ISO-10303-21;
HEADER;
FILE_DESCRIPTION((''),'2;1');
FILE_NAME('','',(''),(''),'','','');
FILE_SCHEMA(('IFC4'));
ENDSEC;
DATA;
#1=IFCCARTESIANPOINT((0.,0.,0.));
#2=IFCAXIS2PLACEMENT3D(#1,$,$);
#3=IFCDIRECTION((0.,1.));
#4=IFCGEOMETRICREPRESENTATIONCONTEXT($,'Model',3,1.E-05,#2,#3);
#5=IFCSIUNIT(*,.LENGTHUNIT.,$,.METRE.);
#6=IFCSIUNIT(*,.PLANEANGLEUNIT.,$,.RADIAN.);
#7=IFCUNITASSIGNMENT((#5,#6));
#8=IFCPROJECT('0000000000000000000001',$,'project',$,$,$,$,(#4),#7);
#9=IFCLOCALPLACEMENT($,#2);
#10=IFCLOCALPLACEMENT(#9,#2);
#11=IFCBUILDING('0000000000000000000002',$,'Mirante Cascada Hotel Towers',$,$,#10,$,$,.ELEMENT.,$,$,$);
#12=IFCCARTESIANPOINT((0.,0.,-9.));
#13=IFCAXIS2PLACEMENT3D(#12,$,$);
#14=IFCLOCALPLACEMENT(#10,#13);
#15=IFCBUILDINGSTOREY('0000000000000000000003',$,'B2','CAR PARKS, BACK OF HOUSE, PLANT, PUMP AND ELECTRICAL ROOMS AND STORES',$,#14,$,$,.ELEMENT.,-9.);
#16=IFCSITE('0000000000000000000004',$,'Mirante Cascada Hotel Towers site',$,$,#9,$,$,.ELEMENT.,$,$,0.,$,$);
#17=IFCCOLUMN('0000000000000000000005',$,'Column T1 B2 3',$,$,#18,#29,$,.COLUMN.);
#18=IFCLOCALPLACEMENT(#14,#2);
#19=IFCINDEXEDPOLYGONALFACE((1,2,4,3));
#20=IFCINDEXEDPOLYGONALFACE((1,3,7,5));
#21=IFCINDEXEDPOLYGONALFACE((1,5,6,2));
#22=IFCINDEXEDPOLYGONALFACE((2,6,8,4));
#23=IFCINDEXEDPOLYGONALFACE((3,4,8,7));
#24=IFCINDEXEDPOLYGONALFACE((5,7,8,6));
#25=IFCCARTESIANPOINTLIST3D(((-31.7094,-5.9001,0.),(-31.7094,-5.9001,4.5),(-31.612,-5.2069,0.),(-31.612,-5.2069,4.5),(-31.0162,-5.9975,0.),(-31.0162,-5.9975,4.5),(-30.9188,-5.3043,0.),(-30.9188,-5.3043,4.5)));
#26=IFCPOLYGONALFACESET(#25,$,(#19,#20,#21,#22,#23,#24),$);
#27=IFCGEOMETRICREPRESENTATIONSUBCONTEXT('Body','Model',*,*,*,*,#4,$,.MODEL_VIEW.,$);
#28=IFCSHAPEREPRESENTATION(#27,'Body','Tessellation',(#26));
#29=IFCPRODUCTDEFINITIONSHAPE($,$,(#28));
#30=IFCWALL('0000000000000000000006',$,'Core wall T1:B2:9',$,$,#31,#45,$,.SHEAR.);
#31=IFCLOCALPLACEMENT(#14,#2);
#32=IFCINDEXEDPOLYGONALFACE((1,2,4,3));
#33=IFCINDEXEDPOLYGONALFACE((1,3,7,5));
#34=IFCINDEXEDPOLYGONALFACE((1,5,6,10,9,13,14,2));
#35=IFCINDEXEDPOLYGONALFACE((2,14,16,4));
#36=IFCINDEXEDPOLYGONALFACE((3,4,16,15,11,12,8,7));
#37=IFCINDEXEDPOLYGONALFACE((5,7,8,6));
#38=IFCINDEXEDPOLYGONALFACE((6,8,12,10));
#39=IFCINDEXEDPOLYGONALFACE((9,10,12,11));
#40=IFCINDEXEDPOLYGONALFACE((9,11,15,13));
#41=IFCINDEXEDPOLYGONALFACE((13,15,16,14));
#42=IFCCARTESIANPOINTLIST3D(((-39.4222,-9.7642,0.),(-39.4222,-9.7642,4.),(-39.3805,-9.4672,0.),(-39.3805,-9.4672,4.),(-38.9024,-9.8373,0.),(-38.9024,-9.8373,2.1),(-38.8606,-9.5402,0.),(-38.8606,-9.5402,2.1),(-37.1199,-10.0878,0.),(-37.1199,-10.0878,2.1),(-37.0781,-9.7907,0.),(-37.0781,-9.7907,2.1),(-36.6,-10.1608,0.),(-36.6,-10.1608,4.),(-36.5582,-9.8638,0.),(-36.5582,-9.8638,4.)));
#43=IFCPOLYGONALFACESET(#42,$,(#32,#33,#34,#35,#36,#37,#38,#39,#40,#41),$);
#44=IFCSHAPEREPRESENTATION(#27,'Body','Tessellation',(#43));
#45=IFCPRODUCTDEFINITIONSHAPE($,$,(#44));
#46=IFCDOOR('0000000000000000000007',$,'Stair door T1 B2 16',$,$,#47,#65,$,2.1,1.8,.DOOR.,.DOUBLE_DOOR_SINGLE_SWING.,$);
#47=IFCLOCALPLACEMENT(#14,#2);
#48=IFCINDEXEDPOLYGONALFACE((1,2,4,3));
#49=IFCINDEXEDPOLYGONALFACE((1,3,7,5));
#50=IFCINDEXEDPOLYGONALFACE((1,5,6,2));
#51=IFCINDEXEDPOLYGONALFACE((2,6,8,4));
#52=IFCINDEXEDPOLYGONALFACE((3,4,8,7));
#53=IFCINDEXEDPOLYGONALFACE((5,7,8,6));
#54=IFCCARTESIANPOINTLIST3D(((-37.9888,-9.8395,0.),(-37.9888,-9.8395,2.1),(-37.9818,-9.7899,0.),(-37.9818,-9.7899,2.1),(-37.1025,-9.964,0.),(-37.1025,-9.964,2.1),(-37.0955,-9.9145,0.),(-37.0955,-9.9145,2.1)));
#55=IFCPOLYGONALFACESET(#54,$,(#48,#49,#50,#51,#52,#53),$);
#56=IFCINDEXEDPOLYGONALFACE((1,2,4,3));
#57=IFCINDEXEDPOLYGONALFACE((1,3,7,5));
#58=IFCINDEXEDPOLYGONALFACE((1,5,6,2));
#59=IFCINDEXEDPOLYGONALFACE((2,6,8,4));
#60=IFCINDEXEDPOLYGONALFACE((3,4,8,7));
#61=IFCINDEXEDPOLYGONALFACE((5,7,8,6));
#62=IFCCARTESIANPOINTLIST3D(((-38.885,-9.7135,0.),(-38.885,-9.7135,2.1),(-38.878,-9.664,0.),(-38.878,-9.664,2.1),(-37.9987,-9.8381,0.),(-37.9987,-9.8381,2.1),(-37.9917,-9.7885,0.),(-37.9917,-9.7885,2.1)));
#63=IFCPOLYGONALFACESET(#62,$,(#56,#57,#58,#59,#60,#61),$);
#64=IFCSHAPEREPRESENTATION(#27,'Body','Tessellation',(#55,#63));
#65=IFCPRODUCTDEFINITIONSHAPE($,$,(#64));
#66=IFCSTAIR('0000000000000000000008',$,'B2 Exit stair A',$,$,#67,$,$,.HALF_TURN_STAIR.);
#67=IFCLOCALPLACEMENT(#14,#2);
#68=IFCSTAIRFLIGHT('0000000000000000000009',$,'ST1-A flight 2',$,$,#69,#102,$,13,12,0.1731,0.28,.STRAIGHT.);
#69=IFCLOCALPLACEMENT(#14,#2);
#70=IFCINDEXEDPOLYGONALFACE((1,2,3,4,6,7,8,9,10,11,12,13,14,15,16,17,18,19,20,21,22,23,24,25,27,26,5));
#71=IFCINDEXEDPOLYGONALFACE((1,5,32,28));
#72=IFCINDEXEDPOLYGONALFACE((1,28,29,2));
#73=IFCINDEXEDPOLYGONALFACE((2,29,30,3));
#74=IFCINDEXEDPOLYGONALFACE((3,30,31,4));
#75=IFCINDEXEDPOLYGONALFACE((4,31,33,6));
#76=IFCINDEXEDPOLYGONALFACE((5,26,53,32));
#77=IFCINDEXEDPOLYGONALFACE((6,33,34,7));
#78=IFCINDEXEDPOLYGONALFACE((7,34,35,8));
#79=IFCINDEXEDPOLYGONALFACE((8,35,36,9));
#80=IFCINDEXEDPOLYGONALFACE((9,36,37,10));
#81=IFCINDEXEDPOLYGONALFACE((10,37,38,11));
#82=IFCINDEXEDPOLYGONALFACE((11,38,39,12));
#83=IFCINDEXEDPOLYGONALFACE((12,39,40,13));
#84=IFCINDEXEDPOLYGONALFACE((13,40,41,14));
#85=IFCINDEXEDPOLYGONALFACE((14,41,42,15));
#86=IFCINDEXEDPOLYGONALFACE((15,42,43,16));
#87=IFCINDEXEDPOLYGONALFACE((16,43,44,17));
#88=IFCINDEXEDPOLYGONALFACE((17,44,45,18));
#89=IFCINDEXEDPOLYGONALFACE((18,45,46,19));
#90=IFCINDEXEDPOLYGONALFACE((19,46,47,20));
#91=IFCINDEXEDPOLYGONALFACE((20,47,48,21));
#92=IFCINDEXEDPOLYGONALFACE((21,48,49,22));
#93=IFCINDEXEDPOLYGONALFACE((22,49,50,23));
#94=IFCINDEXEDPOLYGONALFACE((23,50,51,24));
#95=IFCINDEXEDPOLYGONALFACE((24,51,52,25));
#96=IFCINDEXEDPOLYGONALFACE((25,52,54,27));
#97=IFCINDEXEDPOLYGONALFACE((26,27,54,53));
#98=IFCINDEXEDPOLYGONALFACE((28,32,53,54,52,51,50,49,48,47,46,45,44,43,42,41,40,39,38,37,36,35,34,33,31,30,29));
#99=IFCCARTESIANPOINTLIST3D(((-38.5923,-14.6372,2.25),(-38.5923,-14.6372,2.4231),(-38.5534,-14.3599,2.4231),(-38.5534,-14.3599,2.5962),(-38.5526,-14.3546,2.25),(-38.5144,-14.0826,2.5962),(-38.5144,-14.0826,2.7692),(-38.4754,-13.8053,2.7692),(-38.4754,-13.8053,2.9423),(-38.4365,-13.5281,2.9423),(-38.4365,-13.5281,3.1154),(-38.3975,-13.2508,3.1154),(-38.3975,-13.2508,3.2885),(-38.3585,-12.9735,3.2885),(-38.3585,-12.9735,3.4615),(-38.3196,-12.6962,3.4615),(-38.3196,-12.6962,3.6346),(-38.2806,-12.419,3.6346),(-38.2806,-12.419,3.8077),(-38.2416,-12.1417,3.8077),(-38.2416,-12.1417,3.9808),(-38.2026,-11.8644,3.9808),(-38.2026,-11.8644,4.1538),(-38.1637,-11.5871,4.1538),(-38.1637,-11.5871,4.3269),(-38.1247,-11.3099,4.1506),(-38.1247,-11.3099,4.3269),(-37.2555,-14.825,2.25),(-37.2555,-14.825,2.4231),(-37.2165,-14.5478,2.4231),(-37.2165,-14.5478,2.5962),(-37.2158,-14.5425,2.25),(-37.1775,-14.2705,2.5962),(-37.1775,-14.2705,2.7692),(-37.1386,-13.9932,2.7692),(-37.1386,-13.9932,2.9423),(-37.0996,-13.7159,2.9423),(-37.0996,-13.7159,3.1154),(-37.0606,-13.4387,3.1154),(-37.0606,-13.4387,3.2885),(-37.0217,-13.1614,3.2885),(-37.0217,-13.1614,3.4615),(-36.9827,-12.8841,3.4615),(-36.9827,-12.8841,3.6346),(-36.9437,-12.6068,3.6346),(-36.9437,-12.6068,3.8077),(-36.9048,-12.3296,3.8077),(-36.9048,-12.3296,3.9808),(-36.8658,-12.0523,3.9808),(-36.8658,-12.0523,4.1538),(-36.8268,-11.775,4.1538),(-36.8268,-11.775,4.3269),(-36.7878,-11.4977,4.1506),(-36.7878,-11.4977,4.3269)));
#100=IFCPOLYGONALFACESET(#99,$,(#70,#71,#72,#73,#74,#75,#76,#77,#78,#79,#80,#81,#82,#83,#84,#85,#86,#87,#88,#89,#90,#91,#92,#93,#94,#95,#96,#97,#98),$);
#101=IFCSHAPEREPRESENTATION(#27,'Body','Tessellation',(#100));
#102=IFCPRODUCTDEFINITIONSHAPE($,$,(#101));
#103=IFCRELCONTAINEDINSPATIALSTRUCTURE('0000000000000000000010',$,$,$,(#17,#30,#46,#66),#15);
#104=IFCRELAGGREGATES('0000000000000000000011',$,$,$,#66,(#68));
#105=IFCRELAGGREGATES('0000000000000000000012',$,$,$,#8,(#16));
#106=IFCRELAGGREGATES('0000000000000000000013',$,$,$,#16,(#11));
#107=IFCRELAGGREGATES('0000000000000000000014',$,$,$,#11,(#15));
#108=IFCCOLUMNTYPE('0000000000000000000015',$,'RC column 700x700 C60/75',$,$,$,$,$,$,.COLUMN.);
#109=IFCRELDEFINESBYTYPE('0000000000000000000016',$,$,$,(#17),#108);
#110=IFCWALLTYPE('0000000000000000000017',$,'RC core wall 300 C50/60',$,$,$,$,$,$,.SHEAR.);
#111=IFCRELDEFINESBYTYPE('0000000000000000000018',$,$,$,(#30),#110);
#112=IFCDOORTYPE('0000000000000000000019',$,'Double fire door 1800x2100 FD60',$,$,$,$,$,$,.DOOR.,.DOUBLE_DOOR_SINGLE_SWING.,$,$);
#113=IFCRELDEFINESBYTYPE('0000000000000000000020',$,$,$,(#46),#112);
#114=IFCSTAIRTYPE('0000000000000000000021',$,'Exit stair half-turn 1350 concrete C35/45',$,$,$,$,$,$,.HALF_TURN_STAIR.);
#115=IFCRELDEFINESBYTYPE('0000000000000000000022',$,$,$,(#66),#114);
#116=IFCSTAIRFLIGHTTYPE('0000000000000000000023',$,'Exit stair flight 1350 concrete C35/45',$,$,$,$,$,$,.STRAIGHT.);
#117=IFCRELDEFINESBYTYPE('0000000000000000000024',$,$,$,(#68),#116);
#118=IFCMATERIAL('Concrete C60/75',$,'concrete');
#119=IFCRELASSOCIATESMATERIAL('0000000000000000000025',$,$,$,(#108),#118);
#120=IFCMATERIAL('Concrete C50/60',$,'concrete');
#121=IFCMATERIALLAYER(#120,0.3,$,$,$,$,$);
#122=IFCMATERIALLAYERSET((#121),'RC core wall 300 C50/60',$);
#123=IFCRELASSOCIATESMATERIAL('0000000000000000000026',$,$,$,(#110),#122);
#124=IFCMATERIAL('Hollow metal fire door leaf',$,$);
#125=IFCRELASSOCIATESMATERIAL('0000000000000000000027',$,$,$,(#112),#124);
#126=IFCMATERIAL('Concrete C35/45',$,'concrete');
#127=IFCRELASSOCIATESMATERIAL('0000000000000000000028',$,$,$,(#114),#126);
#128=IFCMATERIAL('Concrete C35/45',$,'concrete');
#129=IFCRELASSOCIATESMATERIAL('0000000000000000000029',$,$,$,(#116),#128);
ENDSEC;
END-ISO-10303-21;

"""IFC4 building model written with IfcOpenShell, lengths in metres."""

from ifc_helpers import new_model, si_unit, direction, frame, frame_2d, origin, origin_2d, place, context, subcontext, project, spatial, polyline, rectangle, outline, extrude, material, layer, layer_set, material_profile, profile_set, type_object, element, fill, aggregate, save


model = new_model("IFC4")

# Units and contexts
model_context = context("Model", 3, precision=1e-05, world=origin(), true_north=direction((0.0, 1.0)))
body_context = subcontext(model_context, "Body", "Model", "MODEL_VIEW")
ifc_project = project(units=[si_unit("LENGTHUNIT", "METRE"), si_unit("PLANEANGLEUNIT", "RADIAN")], contexts=[model_context])

# Site, building, storey
site_placement = place(None, origin())
site = spatial("IfcSite", under=ifc_project, at=site_placement, Name="Mirante Cascada Hotel Towers site", CompositionType="ELEMENT", RefElevation=0.0)
building_placement = place(site_placement, origin())
building = spatial("IfcBuilding", under=site, at=building_placement, Name="Mirante Cascada Hotel Towers", CompositionType="ELEMENT")
storey_placement = place(building_placement, frame((0.0, 0.0, -9.0)))
storey = spatial("IfcBuildingStorey", under=building, at=storey_placement, Name="B2", Description="CAR PARKS, BACK OF HOUSE, PLANT, PUMP AND ELECTRICAL ROOMS AND STORES", CompositionType="ELEMENT", Elevation=-9.0)

# Column
ifc_material_1 = material(Name="Concrete C60/75", Category="concrete")
ifc_material_profile_1 = material_profile(ifc_material_1, rectangle(XDim=0.7, YDim=0.7, at=origin_2d()), Name="RC column 700x700 C60/75")
ifc_profile_set_1 = profile_set([ifc_material_profile_1], Name="Concrete C60/75")
column_type_1 = type_object("IfcColumnType", Name="RC column 700x700 C60/75", PredefinedType="COLUMN", material=ifc_profile_set_1)
column_placement = place(storey_placement, frame((-31.3141, -5.6022, 0.0), z_axis=(0.0, 0.0, 1.0), x_axis=(-0.990268, 0.139173, 0.0)))
element("IfcColumn", 1, at=column_placement, inside=storey, type_object=column_type_1, Name="Column T1 B2 3", PredefinedType="COLUMN", context=body_context, shape_type="SweptSolid", body=[
    extrude(rectangle(XDim=0.7, YDim=0.7, at=origin_2d()), origin(), (0.0, 0.0, 1.0), 4.5),
])

# Wall, opening, door
ifc_material_2 = material(Name="Concrete C50/60", Category="concrete")
ifc_layer_1 = layer(ifc_material_2, 0.3)
ifc_layer_set_1 = layer_set([ifc_layer_1], Name="RC core wall 300 C50/60")
wall_type_1 = type_object("IfcWallType", Name="RC core wall 300 C50/60", PredefinedType="SHEAR", material=ifc_layer_set_1)
wall_1_placement = place(storey_placement, frame((-36.5791, -10.0123, 0.0), z_axis=(0.0, 0.0, 1.0), x_axis=(-0.99027, 0.139156, 0.0)))
wall_1 = element("IfcWall", 2, at=wall_1_placement, inside=storey, type_object=wall_type_1, Name="Core wall T1:B2:9", PredefinedType="SHEAR", context=body_context, shape_type="SweptSolid", body=[
    extrude(rectangle(XDim=2.85, YDim=0.3, at=frame_2d((1.425, 0.0))), origin(), (0.0, 0.0, 1.0), 4.0),
])
opening_1_placement = place(wall_1_placement, frame((0.525, 0.0, 0.0)))
opening_1 = element("IfcOpeningElement", 3, at=opening_1_placement, cuts=wall_1, PredefinedType="OPENING", context=body_context, shape_type="SweptSolid", body=[
    extrude(rectangle(XDim=1.8, YDim=2.1, at=frame_2d((0.9, 1.05))), frame((0.0, 0.15, 0.0), z_axis=(0.0, -1.0, 0.0), x_axis=(1.0, 0.0, 0.0)), (0.0, 0.0, 1.0), 0.3),
])
ifc_material_3 = material(Name="Hollow metal fire door leaf")
door_type_1 = type_object("IfcDoorType", Name="Double fire door 1800x2100 FD60", OperationType="DOUBLE_DOOR_SINGLE_SWING", PredefinedType="DOOR", material=ifc_material_3)
door_1_placement = place(opening_1_placement, origin())
door_1 = element("IfcDoor", 4, at=door_1_placement, inside=storey, type_object=door_type_1, Name="Stair door T1 B2 16", OperationType="DOUBLE_DOOR_SINGLE_SWING", OverallHeight=2.1, OverallWidth=1.8, PredefinedType="DOOR", context=body_context, shape_type="SweptSolid", body=[
    extrude(rectangle(XDim=0.895, YDim=2.1, at=frame_2d((0.4475, 1.05))), frame((0.0, 0.025, 0.0), z_axis=(0.0, -1.0, 0.0), x_axis=(1.0, 0.0, 0.0)), (0.0, 0.0, 1.0), 0.05),
    extrude(rectangle(XDim=0.895, YDim=2.1, at=frame_2d((1.3525, 1.05))), frame((0.0, 0.025, 0.0), z_axis=(0.0, -1.0, 0.0), x_axis=(1.0, 0.0, 0.0)), (0.0, 0.0, 1.0), 0.05),
])
fill(opening_1, door_1)

# Stair, stair flight
ifc_material_4 = material(Name="Concrete C35/45", Category="concrete")
stair_type = type_object("IfcStairType", Name="Exit stair half-turn 1350 concrete C35/45", PredefinedType="HALF_TURN_STAIR", material=ifc_material_4)
stair_placement = place(storey_placement, origin())
stair = element("IfcStair", 5, at=stair_placement, inside=storey, type_object=stair_type, Name="B2 Exit stair A", PredefinedType="HALF_TURN_STAIR")
ifc_material_5 = material(Name="Concrete C35/45", Category="concrete")
stair_flight_type = type_object("IfcStairFlightType", Name="Exit stair flight 1350 concrete C35/45", PredefinedType="STRAIGHT", material=ifc_material_5)
stair_flight_placement = place(storey_placement, frame((-37.9239, -14.7311, 2.25), z_axis=(0.0, 0.0, 1.0), x_axis=(0.139173, 0.990268, 0.0)))
stair_flight = element("IfcStairFlight", 6, at=stair_flight_placement, type_object=stair_flight_type, Name="ST1-A flight 2", NumberOfRisers=13, NumberOfTreads=12, PredefinedType="STRAIGHT", RiserHeight=0.1731, TreadLength=0.28, context=body_context, shape_type="SweptSolid", body=[
    extrude(outline(polyline([(0.0, 0.0), (0.0, 0.1731), (0.28, 0.1731), (0.28, 0.3462), (0.56, 0.3462), (0.56, 0.5192), (0.84, 0.5192), (0.84, 0.6923), (1.12, 0.6923), (1.12, 0.8654), (1.4, 0.8654), (1.4, 1.0385), (1.68, 1.0385), (1.68, 1.2115), (1.96, 1.2115), (1.96, 1.3846), (2.24, 1.3846), (2.24, 1.5577), (2.52, 1.5577), (2.52, 1.7308), (2.8, 1.7308), (2.8, 1.9038), (3.08, 1.9038), (3.08, 2.0769), (3.36, 2.0769), (3.36, 2.25), (3.36, 1.9006), (0.2853, 0.0), (0.0, 0.0)])), frame((0.0, 0.675, 0.0), z_axis=(0.0, -1.0, 0.0), x_axis=(1.0, 0.0, 0.0)), (0.0, 0.0, 1.0), 1.35),
])
aggregate(stair, [stair_flight])

save(model, "model.ifc")
